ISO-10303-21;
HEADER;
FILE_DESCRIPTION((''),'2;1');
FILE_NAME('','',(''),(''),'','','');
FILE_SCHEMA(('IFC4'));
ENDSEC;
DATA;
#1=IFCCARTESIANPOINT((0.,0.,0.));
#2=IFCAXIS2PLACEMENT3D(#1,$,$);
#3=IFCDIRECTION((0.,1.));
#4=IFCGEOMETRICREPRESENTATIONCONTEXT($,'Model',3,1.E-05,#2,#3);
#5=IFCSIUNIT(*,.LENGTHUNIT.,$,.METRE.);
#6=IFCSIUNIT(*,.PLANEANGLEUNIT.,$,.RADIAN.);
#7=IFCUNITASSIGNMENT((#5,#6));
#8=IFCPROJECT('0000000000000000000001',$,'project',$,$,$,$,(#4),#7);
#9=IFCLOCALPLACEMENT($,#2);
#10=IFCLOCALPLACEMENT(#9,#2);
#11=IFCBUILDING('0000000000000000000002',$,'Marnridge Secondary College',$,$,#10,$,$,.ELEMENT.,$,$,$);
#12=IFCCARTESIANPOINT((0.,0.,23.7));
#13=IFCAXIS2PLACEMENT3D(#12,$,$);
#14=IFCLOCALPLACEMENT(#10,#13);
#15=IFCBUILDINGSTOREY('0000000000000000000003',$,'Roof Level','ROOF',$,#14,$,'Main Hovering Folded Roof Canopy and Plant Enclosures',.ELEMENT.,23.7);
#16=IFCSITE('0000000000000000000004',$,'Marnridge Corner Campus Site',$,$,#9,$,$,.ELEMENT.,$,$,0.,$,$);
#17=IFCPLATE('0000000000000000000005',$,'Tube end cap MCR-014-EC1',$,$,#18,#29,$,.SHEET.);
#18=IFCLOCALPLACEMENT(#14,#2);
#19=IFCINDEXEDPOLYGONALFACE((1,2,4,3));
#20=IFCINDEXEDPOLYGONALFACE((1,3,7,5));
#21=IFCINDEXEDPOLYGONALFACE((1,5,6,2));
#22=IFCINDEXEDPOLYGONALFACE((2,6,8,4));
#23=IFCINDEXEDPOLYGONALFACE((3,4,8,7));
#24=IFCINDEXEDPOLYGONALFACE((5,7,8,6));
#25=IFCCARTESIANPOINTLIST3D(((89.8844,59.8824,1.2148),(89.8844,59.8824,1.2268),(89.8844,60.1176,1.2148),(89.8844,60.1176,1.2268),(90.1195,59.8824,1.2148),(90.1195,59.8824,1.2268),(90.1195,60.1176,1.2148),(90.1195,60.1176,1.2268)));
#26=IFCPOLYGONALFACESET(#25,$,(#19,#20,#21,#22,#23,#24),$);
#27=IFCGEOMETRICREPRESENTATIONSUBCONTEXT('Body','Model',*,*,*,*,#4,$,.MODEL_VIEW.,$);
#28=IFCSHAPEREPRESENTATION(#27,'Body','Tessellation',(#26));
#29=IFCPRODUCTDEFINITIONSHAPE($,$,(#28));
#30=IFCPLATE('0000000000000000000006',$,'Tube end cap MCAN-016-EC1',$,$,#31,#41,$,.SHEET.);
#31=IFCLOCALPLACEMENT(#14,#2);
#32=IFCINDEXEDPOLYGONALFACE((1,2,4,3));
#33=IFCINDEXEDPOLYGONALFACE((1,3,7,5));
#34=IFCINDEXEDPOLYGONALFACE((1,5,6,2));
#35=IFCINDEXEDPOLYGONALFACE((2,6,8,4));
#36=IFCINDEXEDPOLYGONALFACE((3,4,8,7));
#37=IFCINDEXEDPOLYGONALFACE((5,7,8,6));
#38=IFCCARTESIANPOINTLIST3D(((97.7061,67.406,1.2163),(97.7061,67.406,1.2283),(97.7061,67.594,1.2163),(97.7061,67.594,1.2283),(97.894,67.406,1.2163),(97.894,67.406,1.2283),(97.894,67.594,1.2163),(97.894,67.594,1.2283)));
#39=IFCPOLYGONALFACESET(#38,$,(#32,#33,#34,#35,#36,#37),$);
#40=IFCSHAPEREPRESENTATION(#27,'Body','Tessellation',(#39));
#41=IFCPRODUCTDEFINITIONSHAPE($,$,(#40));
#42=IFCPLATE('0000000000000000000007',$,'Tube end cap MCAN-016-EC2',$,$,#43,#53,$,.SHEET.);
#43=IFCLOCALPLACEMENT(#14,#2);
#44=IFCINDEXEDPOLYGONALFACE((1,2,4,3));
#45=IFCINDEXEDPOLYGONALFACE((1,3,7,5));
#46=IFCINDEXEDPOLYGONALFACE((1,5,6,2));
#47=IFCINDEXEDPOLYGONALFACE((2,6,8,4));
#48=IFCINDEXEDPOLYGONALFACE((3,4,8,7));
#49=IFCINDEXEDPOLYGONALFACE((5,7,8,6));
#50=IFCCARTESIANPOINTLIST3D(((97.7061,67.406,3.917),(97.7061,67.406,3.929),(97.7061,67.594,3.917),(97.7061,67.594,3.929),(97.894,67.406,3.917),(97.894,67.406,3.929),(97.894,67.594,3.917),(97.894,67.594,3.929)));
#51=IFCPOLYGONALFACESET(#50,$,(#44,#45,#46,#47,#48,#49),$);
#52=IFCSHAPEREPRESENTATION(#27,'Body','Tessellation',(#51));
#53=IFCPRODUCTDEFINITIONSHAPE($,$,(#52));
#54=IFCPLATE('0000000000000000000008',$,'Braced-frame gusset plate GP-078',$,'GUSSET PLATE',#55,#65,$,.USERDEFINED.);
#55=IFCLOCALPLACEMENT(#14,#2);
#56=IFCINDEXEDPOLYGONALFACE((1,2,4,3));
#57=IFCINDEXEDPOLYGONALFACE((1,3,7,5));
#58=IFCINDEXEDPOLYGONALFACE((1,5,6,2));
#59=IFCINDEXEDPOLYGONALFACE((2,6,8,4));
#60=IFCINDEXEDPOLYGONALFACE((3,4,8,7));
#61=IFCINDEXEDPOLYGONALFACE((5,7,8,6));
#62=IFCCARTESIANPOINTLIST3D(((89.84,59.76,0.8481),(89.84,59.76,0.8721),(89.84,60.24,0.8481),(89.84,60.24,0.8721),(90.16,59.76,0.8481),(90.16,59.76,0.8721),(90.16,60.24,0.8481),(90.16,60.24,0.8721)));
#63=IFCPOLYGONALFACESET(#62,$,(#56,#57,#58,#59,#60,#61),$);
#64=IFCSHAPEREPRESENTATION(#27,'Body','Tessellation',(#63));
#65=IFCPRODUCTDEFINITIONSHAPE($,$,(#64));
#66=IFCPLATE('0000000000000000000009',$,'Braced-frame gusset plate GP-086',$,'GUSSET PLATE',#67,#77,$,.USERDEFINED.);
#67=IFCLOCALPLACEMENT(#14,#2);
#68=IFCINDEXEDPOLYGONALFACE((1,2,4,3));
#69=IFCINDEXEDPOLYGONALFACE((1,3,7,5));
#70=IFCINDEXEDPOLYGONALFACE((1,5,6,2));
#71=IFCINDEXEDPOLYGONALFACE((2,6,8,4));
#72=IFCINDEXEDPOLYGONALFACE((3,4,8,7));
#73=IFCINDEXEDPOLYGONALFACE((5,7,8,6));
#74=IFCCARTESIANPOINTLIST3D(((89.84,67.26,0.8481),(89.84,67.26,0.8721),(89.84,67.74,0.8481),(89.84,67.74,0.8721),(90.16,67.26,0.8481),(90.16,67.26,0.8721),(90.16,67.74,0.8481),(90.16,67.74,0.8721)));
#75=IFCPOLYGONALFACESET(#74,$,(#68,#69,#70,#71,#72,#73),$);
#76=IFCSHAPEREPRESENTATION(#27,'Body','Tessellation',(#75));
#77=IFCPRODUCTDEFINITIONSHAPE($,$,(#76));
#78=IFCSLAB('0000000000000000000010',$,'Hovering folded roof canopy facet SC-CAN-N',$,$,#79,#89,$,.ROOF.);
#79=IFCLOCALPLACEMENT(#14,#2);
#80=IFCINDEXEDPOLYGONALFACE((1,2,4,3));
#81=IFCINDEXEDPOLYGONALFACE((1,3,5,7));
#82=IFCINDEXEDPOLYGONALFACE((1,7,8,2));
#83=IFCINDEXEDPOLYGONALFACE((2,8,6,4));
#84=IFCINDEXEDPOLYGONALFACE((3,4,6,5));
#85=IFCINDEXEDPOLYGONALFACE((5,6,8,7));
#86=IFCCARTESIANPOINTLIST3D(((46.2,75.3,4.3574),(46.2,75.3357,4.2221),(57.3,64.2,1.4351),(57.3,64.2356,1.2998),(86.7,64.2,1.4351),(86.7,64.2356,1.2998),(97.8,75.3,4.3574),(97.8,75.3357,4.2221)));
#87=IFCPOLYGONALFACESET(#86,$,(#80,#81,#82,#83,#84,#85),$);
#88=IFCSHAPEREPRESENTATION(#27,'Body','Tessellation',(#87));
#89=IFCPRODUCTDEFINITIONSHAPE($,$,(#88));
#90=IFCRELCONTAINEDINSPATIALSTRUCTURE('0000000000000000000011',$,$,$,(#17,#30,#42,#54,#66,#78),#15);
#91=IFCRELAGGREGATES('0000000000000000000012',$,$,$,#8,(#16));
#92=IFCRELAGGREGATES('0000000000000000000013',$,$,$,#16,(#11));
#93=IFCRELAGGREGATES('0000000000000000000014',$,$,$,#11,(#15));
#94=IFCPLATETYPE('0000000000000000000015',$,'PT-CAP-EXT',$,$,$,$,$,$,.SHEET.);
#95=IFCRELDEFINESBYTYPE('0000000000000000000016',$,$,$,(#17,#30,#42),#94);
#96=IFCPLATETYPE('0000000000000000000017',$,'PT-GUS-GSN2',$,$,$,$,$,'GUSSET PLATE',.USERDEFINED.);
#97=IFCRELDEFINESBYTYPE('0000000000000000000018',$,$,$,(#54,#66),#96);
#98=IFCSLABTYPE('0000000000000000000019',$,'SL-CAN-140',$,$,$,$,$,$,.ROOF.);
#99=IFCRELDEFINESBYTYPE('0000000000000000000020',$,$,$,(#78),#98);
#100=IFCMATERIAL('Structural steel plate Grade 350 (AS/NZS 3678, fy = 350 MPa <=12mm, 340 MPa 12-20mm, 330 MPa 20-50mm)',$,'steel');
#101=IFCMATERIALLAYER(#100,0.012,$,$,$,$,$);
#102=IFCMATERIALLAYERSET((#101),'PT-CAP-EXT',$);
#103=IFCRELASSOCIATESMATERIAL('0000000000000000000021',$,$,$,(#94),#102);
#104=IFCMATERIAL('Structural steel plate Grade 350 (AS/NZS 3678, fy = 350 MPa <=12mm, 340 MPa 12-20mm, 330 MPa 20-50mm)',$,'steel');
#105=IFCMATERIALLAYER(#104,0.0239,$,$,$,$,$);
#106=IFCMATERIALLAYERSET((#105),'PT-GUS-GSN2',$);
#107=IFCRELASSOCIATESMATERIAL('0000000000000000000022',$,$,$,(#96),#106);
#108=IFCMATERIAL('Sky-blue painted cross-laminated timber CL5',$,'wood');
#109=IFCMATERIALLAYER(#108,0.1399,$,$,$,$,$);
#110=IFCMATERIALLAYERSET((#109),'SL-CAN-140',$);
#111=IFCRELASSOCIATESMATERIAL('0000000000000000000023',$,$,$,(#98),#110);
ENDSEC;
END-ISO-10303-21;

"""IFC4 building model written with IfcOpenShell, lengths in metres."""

from ifc_helpers import new_model, si_unit, direction, frame, origin, origin_2d, place, context, subcontext, project, spatial, polyline, rectangle, outline, extrude, material, layer, layer_set, type_object, element, save


model = new_model("IFC4")

# Units and contexts
model_context = context("Model", 3, precision=1e-05, world=origin(), true_north=direction((0.0, 1.0)))
body_context = subcontext(model_context, "Body", "Model", "MODEL_VIEW")
ifc_project = project(units=[si_unit("LENGTHUNIT", "METRE"), si_unit("PLANEANGLEUNIT", "RADIAN")], contexts=[model_context])

# Site, building, storey
site_placement = place(None, origin())
site = spatial("IfcSite", under=ifc_project, at=site_placement, Name="Marnridge Corner Campus Site", CompositionType="ELEMENT", RefElevation=0.0)
building_placement = place(site_placement, origin())
building = spatial("IfcBuilding", under=site, at=building_placement, Name="Marnridge Secondary College", CompositionType="ELEMENT")
storey_placement = place(building_placement, frame((0.0, 0.0, 23.7)))
storey = spatial("IfcBuildingStorey", under=building, at=storey_placement, Name="Roof Level", Description="ROOF", LongName="Main Hovering Folded Roof Canopy and Plant Enclosures", CompositionType="ELEMENT", Elevation=23.7)

# Plates
ifc_material_1 = material(Name="Structural steel plate Grade 350 (AS/NZS 3678, fy = 350 MPa <=12mm, 340 MPa 12-20mm, 330 MPa 20-50mm)", Category="steel")
ifc_layer_1 = layer(ifc_material_1, 0.012)
ifc_layer_set_1 = layer_set([ifc_layer_1], Name="PT-CAP-EXT")
plate_type_1 = type_object("IfcPlateType", Name="PT-CAP-EXT", PredefinedType="SHEET", material=ifc_layer_set_1)
plate_1_placement = place(storey_placement, frame((90.002, 60.0, 1.2148), z_axis=(0.0, 0.0, 1.0), x_axis=(1.0, 0.0, 0.0)))
element("IfcPlate", 1, at=plate_1_placement, inside=storey, type_object=plate_type_1, Name="Tube end cap MCR-014-EC1", PredefinedType="SHEET", context=body_context, shape_type="SweptSolid", body=[
    extrude(rectangle(XDim=0.2351, YDim=0.2351, at=origin_2d()), origin(), (0.0, 0.0, 1.0), 0.012),
])
for number, where, z_axis, x_axis, name in (
    (2, (97.8, 67.5, 1.2163), (0.0, 0.0, 1.0), (1.0, 0.0, 0.0), "Tube end cap MCAN-016-EC1"),
    (3, (97.8, 67.5, 3.917), (0.0, 0.0, 1.0), (1.0, 0.0, 0.0), "Tube end cap MCAN-016-EC2"),
):
    element("IfcPlate", number, at=place(storey_placement, frame(where, z_axis=z_axis, x_axis=x_axis)), inside=storey, type_object=plate_type_1, Name=name, PredefinedType="SHEET", context=body_context, shape_type="SweptSolid", body=[
        extrude(rectangle(XDim=0.188, YDim=0.188, at=origin_2d()), origin(), (0.0, 0.0, 1.0), 0.012),
    ])
ifc_material_2 = material(Name="Structural steel plate Grade 350 (AS/NZS 3678, fy = 350 MPa <=12mm, 340 MPa 12-20mm, 330 MPa 20-50mm)", Category="steel")
ifc_layer_2 = layer(ifc_material_2, 0.0239)
ifc_layer_set_2 = layer_set([ifc_layer_2], Name="PT-GUS-GSN2")
plate_type_2 = type_object("IfcPlateType", Name="PT-GUS-GSN2", ElementType="GUSSET PLATE", PredefinedType="USERDEFINED", material=ifc_layer_set_2)
for number, where, z_axis, x_axis, name in (
    (4, (90.0, 60.0, 0.8481), (0.0, 0.0, 1.0), (0.0, 1.0, 0.0), "Braced-frame gusset plate GP-078"),
    (5, (90.0, 67.5, 0.8481), (0.0, 0.0, 1.0), (0.0, 1.0, 0.0), "Braced-frame gusset plate GP-086"),
):
    element("IfcPlate", number, at=place(storey_placement, frame(where, z_axis=z_axis, x_axis=x_axis)), inside=storey, type_object=plate_type_2, Name=name, ObjectType="GUSSET PLATE", PredefinedType="USERDEFINED", context=body_context, shape_type="SweptSolid", body=[
        extrude(rectangle(XDim=0.48, YDim=0.3201, at=origin_2d()), origin(), (0.0, 0.0, 1.0), 0.0239),
    ])

# Slab
ifc_material_3 = material(Name="Sky-blue painted cross-laminated timber CL5", Category="wood")
ifc_layer_3 = layer(ifc_material_3, 0.1399)
ifc_layer_set_3 = layer_set([ifc_layer_3], Name="SL-CAN-140")
slab_type = type_object("IfcSlabType", Name="SL-CAN-140", PredefinedType="ROOF", material=ifc_layer_set_3)
slab_placement = place(storey_placement, frame((97.8, 75.3, 4.3574), z_axis=(0.0, -0.254598, 0.967047), x_axis=(-1.0, 0.0, 0.0)))
element("IfcSlab", 6, at=slab_placement, inside=storey, type_object=slab_type, Name="Hovering folded roof canopy facet SC-CAN-N", PredefinedType="ROOF", context=body_context, shape_type="SweptSolid", body=[
    extrude(outline(polyline([(0.0, 0.0), (51.6001, 0.0), (40.5, 11.4783), (11.1001, 11.4783), (0.0, 0.0)])), origin(), (0.0, 0.0, -1.0), 0.1399),
])

save(model, "model.ifc")
